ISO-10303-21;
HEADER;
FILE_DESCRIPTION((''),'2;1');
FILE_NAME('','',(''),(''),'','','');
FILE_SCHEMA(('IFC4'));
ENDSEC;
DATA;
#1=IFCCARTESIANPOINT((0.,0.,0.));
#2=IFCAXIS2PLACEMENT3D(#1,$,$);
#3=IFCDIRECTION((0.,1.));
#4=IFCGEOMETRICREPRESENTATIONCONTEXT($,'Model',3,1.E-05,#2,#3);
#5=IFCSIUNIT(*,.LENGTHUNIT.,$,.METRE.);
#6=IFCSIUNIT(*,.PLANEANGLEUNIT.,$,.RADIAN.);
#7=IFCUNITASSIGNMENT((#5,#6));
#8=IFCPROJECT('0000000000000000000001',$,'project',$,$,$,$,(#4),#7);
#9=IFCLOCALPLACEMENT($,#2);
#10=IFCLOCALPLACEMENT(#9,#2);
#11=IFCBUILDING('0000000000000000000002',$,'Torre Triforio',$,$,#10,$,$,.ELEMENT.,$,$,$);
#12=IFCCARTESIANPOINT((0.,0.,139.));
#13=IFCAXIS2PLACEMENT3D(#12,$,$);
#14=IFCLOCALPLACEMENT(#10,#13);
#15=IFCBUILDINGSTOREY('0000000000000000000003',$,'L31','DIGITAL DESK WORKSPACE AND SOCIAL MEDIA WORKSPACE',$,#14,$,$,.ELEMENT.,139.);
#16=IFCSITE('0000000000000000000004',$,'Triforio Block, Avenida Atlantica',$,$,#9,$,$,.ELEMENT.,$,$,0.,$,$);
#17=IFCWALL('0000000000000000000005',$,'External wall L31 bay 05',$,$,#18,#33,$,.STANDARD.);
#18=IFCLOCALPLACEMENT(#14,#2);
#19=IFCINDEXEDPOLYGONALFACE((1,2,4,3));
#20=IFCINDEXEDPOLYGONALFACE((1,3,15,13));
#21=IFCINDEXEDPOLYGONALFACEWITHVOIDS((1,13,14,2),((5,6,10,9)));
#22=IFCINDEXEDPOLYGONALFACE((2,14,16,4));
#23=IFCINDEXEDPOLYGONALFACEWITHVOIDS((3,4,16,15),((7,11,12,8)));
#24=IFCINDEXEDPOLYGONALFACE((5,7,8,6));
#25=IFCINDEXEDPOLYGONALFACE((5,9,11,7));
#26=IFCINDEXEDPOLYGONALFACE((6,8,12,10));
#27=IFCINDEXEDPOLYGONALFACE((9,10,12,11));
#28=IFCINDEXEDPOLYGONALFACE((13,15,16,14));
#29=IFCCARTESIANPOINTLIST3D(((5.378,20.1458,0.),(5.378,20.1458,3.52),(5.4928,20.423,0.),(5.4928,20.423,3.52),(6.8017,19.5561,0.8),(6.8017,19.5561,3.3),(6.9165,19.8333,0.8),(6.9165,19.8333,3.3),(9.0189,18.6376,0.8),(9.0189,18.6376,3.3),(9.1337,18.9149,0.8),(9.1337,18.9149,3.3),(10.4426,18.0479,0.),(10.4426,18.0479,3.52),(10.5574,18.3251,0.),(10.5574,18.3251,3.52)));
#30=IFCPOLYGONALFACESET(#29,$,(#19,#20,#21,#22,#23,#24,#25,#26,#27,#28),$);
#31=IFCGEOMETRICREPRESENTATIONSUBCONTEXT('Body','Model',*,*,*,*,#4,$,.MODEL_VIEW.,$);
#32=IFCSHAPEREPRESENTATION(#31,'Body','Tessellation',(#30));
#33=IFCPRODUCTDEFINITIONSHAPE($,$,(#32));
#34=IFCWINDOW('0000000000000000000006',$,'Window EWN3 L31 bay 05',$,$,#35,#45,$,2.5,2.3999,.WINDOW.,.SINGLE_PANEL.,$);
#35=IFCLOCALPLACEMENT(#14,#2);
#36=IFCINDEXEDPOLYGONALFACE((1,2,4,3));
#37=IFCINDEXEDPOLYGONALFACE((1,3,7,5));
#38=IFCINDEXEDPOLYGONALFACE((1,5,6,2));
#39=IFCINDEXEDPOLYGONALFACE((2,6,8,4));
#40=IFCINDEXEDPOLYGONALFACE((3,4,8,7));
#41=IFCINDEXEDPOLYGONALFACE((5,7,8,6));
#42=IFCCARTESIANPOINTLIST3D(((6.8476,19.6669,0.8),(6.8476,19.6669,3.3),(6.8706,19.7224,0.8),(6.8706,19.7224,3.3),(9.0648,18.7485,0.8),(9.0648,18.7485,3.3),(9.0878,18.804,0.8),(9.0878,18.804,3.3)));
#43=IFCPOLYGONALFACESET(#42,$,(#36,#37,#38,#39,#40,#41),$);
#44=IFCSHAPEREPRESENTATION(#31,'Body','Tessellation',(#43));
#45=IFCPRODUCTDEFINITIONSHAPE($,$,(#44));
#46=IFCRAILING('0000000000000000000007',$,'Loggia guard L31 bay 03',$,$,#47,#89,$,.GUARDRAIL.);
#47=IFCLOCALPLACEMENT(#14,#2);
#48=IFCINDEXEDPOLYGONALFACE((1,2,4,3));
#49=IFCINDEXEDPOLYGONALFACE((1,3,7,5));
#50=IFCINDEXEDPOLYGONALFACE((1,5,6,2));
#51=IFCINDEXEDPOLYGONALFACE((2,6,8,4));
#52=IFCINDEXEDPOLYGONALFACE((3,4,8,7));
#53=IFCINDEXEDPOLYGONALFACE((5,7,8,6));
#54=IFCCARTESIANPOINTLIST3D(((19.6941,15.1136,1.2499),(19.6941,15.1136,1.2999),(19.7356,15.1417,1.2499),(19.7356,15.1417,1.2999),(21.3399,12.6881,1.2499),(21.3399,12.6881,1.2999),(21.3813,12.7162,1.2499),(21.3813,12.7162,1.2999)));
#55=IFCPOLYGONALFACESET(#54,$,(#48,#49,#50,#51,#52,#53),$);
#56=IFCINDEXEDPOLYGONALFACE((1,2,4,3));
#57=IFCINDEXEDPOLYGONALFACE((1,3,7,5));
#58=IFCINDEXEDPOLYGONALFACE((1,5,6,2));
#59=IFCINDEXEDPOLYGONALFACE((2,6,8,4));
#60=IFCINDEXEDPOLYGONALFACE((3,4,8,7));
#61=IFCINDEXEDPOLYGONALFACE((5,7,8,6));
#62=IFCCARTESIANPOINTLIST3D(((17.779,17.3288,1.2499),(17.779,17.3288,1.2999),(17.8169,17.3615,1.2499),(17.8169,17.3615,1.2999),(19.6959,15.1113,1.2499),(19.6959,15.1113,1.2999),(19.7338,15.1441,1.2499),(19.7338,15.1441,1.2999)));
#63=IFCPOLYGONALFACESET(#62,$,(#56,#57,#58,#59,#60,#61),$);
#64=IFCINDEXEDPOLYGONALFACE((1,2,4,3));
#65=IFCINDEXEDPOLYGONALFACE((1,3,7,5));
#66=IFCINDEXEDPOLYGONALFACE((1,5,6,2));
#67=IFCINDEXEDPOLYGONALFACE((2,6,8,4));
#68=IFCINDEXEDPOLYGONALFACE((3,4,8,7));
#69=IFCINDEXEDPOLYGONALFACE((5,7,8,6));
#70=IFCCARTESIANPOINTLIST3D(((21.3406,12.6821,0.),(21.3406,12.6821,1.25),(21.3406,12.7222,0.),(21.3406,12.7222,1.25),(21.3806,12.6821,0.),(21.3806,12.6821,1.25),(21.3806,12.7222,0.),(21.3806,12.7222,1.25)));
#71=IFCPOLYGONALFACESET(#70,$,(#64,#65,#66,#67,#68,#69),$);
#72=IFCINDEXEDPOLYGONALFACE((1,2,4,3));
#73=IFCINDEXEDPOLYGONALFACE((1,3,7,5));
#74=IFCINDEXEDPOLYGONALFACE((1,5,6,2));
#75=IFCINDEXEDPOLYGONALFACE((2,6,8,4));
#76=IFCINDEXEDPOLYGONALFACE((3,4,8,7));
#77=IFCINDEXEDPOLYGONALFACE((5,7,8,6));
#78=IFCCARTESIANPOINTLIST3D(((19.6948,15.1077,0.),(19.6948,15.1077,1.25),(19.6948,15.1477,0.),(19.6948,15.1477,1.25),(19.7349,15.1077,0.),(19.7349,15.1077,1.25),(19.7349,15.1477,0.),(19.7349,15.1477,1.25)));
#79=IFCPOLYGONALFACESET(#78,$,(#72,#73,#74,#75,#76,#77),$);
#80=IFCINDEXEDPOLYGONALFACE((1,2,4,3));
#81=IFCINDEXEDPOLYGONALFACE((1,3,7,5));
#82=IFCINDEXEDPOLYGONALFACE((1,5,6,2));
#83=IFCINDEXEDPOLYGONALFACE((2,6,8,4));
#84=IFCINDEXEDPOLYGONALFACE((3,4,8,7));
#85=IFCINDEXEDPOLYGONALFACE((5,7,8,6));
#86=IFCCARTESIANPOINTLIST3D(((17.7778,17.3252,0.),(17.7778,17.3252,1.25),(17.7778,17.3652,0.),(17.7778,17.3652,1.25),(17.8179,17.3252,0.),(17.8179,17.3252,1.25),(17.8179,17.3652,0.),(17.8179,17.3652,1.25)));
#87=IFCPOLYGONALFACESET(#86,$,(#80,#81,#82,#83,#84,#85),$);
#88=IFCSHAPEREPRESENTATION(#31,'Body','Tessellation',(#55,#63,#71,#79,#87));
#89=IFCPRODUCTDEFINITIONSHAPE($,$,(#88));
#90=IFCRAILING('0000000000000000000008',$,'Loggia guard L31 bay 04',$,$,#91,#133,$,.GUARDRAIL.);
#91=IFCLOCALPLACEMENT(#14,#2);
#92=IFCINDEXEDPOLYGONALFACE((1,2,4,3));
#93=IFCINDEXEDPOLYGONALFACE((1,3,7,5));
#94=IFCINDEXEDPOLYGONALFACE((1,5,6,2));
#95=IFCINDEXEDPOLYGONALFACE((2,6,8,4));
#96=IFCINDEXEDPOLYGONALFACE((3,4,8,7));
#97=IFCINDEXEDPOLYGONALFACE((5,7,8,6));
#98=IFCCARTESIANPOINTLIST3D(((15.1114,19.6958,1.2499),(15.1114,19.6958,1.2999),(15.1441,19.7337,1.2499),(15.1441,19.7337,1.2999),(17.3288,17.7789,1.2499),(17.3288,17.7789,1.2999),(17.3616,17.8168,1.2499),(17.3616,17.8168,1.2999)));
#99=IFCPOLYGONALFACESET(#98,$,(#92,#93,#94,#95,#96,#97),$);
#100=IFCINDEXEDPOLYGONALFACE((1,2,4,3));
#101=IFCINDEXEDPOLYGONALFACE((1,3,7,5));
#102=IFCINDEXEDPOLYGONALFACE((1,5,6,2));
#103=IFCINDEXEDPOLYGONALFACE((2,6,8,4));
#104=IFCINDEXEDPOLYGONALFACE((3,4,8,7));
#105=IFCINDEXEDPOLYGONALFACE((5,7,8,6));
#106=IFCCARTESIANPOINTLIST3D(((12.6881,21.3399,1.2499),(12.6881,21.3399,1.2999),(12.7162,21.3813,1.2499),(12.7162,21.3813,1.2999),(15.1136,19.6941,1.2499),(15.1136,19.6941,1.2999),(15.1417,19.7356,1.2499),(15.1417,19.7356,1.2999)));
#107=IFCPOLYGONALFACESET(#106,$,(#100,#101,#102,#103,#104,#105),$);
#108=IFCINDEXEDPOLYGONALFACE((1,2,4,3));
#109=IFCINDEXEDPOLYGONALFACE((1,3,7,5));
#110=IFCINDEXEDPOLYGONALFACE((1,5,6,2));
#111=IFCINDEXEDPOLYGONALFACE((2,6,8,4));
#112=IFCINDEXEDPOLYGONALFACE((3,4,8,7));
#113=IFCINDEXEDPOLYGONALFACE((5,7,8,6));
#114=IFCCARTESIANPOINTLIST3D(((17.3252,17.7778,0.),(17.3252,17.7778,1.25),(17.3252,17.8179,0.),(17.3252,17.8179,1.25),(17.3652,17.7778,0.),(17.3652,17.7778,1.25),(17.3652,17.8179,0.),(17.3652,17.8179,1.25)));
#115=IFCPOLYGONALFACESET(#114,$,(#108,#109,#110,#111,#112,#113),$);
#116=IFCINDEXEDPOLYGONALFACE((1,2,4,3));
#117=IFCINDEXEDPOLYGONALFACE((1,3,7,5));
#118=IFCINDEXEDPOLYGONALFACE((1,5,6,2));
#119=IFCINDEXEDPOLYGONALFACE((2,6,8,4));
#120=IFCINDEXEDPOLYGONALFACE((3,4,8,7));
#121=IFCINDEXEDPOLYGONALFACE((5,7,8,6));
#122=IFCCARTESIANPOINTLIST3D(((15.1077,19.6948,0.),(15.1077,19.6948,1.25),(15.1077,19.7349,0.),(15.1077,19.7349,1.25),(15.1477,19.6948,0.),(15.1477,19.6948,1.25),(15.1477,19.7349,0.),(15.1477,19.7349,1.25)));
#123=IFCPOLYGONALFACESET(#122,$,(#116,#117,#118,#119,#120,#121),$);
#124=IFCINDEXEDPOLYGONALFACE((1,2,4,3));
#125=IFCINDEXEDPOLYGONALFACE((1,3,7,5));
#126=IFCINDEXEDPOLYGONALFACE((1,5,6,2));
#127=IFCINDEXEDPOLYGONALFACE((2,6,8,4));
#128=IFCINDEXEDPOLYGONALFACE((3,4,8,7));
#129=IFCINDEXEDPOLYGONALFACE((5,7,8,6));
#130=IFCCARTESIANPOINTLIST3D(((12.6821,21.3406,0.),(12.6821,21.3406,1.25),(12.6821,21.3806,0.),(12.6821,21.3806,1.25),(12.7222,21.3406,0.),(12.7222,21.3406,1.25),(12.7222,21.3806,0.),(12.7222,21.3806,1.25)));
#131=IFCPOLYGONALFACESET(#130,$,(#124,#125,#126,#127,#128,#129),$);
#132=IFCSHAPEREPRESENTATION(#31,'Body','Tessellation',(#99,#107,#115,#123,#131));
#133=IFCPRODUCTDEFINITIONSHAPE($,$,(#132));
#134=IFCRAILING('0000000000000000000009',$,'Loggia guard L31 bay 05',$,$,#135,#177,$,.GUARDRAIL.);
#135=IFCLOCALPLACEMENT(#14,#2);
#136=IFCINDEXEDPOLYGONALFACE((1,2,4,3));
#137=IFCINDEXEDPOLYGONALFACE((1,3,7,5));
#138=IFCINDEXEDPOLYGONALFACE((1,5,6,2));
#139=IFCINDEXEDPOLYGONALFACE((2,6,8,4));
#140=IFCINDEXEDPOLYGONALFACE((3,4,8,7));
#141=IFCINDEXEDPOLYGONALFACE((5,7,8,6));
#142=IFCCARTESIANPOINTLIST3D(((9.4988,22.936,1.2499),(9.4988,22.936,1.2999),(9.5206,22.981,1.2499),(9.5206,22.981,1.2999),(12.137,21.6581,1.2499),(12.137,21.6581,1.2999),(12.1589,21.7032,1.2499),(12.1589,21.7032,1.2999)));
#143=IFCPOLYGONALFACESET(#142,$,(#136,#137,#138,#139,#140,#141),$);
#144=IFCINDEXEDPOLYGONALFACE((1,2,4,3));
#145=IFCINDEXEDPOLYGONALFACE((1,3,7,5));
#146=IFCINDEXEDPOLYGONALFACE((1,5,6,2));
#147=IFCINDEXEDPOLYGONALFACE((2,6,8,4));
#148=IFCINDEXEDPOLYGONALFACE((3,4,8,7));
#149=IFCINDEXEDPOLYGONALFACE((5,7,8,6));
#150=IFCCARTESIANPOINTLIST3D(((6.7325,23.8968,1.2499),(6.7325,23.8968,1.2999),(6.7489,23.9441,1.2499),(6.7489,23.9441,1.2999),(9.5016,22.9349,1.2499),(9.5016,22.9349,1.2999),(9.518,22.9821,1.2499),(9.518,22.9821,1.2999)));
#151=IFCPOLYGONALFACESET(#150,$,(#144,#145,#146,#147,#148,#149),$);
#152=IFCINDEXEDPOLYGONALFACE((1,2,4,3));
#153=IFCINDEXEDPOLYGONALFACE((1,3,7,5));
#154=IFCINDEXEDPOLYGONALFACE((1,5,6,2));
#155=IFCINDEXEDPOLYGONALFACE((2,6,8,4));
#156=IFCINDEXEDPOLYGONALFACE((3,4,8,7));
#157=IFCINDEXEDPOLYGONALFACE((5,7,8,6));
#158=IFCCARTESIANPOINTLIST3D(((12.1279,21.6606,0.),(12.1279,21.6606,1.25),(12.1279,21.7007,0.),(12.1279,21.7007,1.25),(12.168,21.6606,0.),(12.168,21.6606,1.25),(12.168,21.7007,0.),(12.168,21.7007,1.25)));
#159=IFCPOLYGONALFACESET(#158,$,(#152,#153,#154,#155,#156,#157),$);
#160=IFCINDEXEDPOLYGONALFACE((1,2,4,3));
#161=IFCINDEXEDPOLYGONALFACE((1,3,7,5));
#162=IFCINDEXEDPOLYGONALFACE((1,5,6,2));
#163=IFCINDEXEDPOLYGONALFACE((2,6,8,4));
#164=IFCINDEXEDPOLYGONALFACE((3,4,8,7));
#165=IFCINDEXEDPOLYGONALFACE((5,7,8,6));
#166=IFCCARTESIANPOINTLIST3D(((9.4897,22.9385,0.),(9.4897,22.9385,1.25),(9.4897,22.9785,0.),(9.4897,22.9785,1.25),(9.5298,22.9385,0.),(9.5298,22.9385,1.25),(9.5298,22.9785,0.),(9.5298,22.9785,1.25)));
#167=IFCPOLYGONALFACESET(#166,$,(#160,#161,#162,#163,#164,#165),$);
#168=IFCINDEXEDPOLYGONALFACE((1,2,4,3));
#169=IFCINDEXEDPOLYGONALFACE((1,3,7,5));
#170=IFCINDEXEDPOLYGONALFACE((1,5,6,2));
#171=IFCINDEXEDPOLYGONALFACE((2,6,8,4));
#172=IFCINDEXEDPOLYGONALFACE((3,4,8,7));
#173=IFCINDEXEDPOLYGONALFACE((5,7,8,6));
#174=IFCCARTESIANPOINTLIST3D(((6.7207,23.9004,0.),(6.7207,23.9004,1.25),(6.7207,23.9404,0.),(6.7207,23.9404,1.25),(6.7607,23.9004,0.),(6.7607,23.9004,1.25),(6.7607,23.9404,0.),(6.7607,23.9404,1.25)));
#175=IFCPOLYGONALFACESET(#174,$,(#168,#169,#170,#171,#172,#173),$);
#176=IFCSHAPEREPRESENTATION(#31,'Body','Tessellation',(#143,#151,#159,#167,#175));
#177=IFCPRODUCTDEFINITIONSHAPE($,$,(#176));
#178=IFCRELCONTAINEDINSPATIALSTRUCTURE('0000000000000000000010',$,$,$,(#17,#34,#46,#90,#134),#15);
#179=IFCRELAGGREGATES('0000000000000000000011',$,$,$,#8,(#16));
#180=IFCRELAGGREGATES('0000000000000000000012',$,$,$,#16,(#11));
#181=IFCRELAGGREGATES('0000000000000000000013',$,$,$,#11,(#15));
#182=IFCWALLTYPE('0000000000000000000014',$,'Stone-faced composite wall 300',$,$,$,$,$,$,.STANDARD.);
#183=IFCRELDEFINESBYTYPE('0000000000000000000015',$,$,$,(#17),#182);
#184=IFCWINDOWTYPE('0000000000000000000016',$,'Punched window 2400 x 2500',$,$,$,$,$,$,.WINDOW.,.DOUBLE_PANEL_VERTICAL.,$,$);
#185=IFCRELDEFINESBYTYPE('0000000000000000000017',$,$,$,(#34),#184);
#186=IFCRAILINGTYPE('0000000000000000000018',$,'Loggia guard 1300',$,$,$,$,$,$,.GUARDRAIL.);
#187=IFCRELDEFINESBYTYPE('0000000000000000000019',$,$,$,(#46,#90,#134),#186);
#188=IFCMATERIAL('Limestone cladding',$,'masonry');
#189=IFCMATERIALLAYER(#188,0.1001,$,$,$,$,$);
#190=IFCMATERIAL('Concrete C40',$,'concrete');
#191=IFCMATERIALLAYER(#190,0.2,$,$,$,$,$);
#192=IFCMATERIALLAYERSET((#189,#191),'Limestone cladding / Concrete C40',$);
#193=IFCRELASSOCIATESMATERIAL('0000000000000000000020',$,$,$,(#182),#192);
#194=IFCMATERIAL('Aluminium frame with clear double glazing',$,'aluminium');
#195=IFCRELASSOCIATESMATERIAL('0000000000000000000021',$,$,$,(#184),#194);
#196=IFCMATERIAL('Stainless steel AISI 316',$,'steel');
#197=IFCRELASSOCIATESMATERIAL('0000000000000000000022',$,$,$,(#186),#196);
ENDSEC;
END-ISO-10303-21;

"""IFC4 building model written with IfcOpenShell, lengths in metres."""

from ifc_helpers import new_model, si_unit, direction, frame, frame_2d, origin, origin_2d, place, context, subcontext, project, spatial, rectangle, extrude, material, layer, layer_set, type_object, element, fill, save


model = new_model("IFC4")

# Units and contexts
model_context = context("Model", 3, precision=1e-05, world=origin(), true_north=direction((0.0, 1.0)))
body_context = subcontext(model_context, "Body", "Model", "MODEL_VIEW")
ifc_project = project(units=[si_unit("LENGTHUNIT", "METRE"), si_unit("PLANEANGLEUNIT", "RADIAN")], contexts=[model_context])

# Site, building, storey
site_placement = place(None, origin())
site = spatial("IfcSite", under=ifc_project, at=site_placement, Name="Triforio Block, Avenida Atlantica", CompositionType="ELEMENT", RefElevation=0.0)
building_placement = place(site_placement, origin())
building = spatial("IfcBuilding", under=site, at=building_placement, Name="Torre Triforio", CompositionType="ELEMENT")
storey_placement = place(building_placement, frame((0.0, 0.0, 139.0)))
storey = spatial("IfcBuildingStorey", under=building, at=storey_placement, Name="L31", Description="DIGITAL DESK WORKSPACE AND SOCIAL MEDIA WORKSPACE", CompositionType="ELEMENT", Elevation=139.0)

# Shared definitions
ifc_material_1 = material(Name="Limestone cladding", Category="masonry")
ifc_material_2 = material(Name="Concrete C40", Category="concrete")

# Shared definitions
ifc_layer_1 = layer(ifc_material_1, 0.1001)
ifc_layer_2 = layer(ifc_material_2, 0.2)
ifc_layer_set_1 = layer_set([ifc_layer_1, ifc_layer_2], Name="Limestone cladding / Concrete C40")
wall_type_1 = type_object("IfcWallType", Name="Stone-faced composite wall 300", PredefinedType="STANDARD", material=ifc_layer_set_1)
ifc_material_3 = material(Name="Aluminium frame with clear double glazing", Category="aluminium")
window_type_1 = type_object("IfcWindowType", Name="Punched window 2400 x 2500", PartitioningType="DOUBLE_PANEL_VERTICAL", PredefinedType="WINDOW", material=ifc_material_3)

# Wall, opening, window
wall_1_placement = place(storey_placement, frame((10.5, 18.1865, 0.0), z_axis=(0.0, 0.0, 1.0), x_axis=(-0.923877, 0.382689, 0.0)))
wall_1 = element("IfcWall", 1, at=wall_1_placement, inside=storey, type_object=wall_type_1, Name="External wall L31 bay 05", PredefinedType="STANDARD", context=body_context, shape_type="SweptSolid", body=[
    extrude(rectangle(XDim=5.4819, YDim=0.3, at=frame_2d((2.741, 0.0))), origin(), (0.0, 0.0, 1.0), 3.52),
])
opening_1_placement = place(wall_1_placement, frame((1.541, 0.0, 0.8)))
opening_1 = element("IfcOpeningElement", 2, at=opening_1_placement, cuts=wall_1, PredefinedType="OPENING", context=body_context, shape_type="SweptSolid", body=[
    extrude(rectangle(XDim=2.3999, YDim=2.5, at=frame_2d((1.2, 1.25))), frame((0.0, 0.1599, 0.0), z_axis=(0.0, -1.0, 0.0), x_axis=(1.0, 0.0, 0.0)), (0.0, 0.0, 1.0), 0.3201),
])
window_1_placement = place(opening_1_placement, origin())
window_1 = element("IfcWindow", 3, at=window_1_placement, inside=storey, type_object=window_type_1, Name="Window EWN3 L31 bay 05", OverallHeight=2.5, OverallWidth=2.3999, PartitioningType="SINGLE_PANEL", PredefinedType="WINDOW", context=body_context, shape_type="SweptSolid", body=[
    extrude(rectangle(XDim=2.3999, YDim=2.5, at=frame_2d((1.2, 1.25))), frame((0.0, 0.03, 0.0), z_axis=(0.0, -1.0, 0.0), x_axis=(1.0, 0.0, 0.0)), (0.0, 0.0, 1.0), 0.0601),
])
fill(opening_1, window_1)

# Railings
ifc_material_4 = material(Name="Stainless steel AISI 316", Category="steel")
railing_type = type_object("IfcRailingType", Name="Loggia guard 1300", PredefinedType="GUARDRAIL", material=ifc_material_4)
railing_1_placement = place(storey_placement, frame((21.3606, 12.7021, 0.0)))
element("IfcRailing", 4, at=railing_1_placement, inside=storey, type_object=railing_type, Name="Loggia guard L31 bay 03", PredefinedType="GUARDRAIL", context=body_context, shape_type="SweptSolid", body=[
    extrude(rectangle(XDim=0.05, YDim=0.05, at=origin_2d()), frame((0.0, 0.0, 1.2749), z_axis=(-0.561467, 0.827499, 0.0), x_axis=(-0.827499, -0.561467, 0.0)), (0.0, 0.0, 1.0), 2.9312),
    extrude(rectangle(XDim=0.05, YDim=0.05, at=origin_2d()), frame((-1.6458, 2.4255, 1.2749), z_axis=(-0.653982, 0.75651, 0.0), x_axis=(-0.75651, -0.653982, 0.0)), (0.0, 0.0, 1.0), 2.9312),
    extrude(rectangle(XDim=0.04, YDim=0.04, at=origin_2d()), origin(), (0.0, 0.0, 1.0), 1.25),
    extrude(rectangle(XDim=0.04, YDim=0.04, at=origin_2d()), frame((-1.6458, 2.4255, 0.0)), (0.0, 0.0, 1.0), 1.25),
    extrude(rectangle(XDim=0.04, YDim=0.04, at=origin_2d()), frame((-3.5627, 4.6431, 0.0)), (0.0, 0.0, 1.0), 1.25),
])
railing_2_placement = place(storey_placement, frame((17.3452, 17.7979, 0.0)))
element("IfcRailing", 5, at=railing_2_placement, inside=storey, type_object=railing_type, Name="Loggia guard L31 bay 04", PredefinedType="GUARDRAIL", context=body_context, shape_type="SweptSolid", body=[
    extrude(rectangle(XDim=0.05, YDim=0.05, at=origin_2d()), frame((0.0, 0.0, 1.2749), z_axis=(-0.75651, 0.653982, 0.0), x_axis=(-0.653982, -0.75651, 0.0)), (0.0, 0.0, 1.0), 2.9312),
    extrude(rectangle(XDim=0.05, YDim=0.05, at=origin_2d()), frame((-2.2175, 1.917, 1.2749), z_axis=(-0.827499, 0.561467, 0.0), x_axis=(-0.561467, -0.827499, 0.0)), (0.0, 0.0, 1.0), 2.9312),
    extrude(rectangle(XDim=0.04, YDim=0.04, at=origin_2d()), origin(), (0.0, 0.0, 1.0), 1.25),
    extrude(rectangle(XDim=0.04, YDim=0.04, at=origin_2d()), frame((-2.2175, 1.917, 0.0)), (0.0, 0.0, 1.0), 1.25),
    extrude(rectangle(XDim=0.04, YDim=0.04, at=origin_2d()), frame((-4.6431, 3.5627, 0.0)), (0.0, 0.0, 1.0), 1.25),
])
railing_3_placement = place(storey_placement, frame((12.1479, 21.6807, 0.0)))
element("IfcRailing", 6, at=railing_3_placement, inside=storey, type_object=railing_type, Name="Loggia guard L31 bay 05", PredefinedType="GUARDRAIL", context=body_context, shape_type="SweptSolid", body=[
    extrude(rectangle(XDim=0.05, YDim=0.05, at=origin_2d()), frame((0.0, 0.0, 1.2749), z_axis=(-0.899986, 0.435918, 0.0), x_axis=(-0.435918, -0.899986, 0.0)), (0.0, 0.0, 1.0), 2.9314),
    extrude(rectangle(XDim=0.05, YDim=0.05, at=origin_2d()), frame((-2.6382, 1.2778, 1.2749), z_axis=(-0.944627, 0.328146, 0.0), x_axis=(-0.328146, -0.944627, 0.0)), (0.0, 0.0, 1.0), 2.9314),
    extrude(rectangle(XDim=0.04, YDim=0.04, at=origin_2d()), origin(), (0.0, 0.0, 1.0), 1.25),
    extrude(rectangle(XDim=0.04, YDim=0.04, at=origin_2d()), frame((-2.6382, 1.2778, 0.0)), (0.0, 0.0, 1.0), 1.25),
    extrude(rectangle(XDim=0.04, YDim=0.04, at=origin_2d()), frame((-5.4072, 2.2397, 0.0)), (0.0, 0.0, 1.0), 1.25),
])

save(model, "model.ifc")
